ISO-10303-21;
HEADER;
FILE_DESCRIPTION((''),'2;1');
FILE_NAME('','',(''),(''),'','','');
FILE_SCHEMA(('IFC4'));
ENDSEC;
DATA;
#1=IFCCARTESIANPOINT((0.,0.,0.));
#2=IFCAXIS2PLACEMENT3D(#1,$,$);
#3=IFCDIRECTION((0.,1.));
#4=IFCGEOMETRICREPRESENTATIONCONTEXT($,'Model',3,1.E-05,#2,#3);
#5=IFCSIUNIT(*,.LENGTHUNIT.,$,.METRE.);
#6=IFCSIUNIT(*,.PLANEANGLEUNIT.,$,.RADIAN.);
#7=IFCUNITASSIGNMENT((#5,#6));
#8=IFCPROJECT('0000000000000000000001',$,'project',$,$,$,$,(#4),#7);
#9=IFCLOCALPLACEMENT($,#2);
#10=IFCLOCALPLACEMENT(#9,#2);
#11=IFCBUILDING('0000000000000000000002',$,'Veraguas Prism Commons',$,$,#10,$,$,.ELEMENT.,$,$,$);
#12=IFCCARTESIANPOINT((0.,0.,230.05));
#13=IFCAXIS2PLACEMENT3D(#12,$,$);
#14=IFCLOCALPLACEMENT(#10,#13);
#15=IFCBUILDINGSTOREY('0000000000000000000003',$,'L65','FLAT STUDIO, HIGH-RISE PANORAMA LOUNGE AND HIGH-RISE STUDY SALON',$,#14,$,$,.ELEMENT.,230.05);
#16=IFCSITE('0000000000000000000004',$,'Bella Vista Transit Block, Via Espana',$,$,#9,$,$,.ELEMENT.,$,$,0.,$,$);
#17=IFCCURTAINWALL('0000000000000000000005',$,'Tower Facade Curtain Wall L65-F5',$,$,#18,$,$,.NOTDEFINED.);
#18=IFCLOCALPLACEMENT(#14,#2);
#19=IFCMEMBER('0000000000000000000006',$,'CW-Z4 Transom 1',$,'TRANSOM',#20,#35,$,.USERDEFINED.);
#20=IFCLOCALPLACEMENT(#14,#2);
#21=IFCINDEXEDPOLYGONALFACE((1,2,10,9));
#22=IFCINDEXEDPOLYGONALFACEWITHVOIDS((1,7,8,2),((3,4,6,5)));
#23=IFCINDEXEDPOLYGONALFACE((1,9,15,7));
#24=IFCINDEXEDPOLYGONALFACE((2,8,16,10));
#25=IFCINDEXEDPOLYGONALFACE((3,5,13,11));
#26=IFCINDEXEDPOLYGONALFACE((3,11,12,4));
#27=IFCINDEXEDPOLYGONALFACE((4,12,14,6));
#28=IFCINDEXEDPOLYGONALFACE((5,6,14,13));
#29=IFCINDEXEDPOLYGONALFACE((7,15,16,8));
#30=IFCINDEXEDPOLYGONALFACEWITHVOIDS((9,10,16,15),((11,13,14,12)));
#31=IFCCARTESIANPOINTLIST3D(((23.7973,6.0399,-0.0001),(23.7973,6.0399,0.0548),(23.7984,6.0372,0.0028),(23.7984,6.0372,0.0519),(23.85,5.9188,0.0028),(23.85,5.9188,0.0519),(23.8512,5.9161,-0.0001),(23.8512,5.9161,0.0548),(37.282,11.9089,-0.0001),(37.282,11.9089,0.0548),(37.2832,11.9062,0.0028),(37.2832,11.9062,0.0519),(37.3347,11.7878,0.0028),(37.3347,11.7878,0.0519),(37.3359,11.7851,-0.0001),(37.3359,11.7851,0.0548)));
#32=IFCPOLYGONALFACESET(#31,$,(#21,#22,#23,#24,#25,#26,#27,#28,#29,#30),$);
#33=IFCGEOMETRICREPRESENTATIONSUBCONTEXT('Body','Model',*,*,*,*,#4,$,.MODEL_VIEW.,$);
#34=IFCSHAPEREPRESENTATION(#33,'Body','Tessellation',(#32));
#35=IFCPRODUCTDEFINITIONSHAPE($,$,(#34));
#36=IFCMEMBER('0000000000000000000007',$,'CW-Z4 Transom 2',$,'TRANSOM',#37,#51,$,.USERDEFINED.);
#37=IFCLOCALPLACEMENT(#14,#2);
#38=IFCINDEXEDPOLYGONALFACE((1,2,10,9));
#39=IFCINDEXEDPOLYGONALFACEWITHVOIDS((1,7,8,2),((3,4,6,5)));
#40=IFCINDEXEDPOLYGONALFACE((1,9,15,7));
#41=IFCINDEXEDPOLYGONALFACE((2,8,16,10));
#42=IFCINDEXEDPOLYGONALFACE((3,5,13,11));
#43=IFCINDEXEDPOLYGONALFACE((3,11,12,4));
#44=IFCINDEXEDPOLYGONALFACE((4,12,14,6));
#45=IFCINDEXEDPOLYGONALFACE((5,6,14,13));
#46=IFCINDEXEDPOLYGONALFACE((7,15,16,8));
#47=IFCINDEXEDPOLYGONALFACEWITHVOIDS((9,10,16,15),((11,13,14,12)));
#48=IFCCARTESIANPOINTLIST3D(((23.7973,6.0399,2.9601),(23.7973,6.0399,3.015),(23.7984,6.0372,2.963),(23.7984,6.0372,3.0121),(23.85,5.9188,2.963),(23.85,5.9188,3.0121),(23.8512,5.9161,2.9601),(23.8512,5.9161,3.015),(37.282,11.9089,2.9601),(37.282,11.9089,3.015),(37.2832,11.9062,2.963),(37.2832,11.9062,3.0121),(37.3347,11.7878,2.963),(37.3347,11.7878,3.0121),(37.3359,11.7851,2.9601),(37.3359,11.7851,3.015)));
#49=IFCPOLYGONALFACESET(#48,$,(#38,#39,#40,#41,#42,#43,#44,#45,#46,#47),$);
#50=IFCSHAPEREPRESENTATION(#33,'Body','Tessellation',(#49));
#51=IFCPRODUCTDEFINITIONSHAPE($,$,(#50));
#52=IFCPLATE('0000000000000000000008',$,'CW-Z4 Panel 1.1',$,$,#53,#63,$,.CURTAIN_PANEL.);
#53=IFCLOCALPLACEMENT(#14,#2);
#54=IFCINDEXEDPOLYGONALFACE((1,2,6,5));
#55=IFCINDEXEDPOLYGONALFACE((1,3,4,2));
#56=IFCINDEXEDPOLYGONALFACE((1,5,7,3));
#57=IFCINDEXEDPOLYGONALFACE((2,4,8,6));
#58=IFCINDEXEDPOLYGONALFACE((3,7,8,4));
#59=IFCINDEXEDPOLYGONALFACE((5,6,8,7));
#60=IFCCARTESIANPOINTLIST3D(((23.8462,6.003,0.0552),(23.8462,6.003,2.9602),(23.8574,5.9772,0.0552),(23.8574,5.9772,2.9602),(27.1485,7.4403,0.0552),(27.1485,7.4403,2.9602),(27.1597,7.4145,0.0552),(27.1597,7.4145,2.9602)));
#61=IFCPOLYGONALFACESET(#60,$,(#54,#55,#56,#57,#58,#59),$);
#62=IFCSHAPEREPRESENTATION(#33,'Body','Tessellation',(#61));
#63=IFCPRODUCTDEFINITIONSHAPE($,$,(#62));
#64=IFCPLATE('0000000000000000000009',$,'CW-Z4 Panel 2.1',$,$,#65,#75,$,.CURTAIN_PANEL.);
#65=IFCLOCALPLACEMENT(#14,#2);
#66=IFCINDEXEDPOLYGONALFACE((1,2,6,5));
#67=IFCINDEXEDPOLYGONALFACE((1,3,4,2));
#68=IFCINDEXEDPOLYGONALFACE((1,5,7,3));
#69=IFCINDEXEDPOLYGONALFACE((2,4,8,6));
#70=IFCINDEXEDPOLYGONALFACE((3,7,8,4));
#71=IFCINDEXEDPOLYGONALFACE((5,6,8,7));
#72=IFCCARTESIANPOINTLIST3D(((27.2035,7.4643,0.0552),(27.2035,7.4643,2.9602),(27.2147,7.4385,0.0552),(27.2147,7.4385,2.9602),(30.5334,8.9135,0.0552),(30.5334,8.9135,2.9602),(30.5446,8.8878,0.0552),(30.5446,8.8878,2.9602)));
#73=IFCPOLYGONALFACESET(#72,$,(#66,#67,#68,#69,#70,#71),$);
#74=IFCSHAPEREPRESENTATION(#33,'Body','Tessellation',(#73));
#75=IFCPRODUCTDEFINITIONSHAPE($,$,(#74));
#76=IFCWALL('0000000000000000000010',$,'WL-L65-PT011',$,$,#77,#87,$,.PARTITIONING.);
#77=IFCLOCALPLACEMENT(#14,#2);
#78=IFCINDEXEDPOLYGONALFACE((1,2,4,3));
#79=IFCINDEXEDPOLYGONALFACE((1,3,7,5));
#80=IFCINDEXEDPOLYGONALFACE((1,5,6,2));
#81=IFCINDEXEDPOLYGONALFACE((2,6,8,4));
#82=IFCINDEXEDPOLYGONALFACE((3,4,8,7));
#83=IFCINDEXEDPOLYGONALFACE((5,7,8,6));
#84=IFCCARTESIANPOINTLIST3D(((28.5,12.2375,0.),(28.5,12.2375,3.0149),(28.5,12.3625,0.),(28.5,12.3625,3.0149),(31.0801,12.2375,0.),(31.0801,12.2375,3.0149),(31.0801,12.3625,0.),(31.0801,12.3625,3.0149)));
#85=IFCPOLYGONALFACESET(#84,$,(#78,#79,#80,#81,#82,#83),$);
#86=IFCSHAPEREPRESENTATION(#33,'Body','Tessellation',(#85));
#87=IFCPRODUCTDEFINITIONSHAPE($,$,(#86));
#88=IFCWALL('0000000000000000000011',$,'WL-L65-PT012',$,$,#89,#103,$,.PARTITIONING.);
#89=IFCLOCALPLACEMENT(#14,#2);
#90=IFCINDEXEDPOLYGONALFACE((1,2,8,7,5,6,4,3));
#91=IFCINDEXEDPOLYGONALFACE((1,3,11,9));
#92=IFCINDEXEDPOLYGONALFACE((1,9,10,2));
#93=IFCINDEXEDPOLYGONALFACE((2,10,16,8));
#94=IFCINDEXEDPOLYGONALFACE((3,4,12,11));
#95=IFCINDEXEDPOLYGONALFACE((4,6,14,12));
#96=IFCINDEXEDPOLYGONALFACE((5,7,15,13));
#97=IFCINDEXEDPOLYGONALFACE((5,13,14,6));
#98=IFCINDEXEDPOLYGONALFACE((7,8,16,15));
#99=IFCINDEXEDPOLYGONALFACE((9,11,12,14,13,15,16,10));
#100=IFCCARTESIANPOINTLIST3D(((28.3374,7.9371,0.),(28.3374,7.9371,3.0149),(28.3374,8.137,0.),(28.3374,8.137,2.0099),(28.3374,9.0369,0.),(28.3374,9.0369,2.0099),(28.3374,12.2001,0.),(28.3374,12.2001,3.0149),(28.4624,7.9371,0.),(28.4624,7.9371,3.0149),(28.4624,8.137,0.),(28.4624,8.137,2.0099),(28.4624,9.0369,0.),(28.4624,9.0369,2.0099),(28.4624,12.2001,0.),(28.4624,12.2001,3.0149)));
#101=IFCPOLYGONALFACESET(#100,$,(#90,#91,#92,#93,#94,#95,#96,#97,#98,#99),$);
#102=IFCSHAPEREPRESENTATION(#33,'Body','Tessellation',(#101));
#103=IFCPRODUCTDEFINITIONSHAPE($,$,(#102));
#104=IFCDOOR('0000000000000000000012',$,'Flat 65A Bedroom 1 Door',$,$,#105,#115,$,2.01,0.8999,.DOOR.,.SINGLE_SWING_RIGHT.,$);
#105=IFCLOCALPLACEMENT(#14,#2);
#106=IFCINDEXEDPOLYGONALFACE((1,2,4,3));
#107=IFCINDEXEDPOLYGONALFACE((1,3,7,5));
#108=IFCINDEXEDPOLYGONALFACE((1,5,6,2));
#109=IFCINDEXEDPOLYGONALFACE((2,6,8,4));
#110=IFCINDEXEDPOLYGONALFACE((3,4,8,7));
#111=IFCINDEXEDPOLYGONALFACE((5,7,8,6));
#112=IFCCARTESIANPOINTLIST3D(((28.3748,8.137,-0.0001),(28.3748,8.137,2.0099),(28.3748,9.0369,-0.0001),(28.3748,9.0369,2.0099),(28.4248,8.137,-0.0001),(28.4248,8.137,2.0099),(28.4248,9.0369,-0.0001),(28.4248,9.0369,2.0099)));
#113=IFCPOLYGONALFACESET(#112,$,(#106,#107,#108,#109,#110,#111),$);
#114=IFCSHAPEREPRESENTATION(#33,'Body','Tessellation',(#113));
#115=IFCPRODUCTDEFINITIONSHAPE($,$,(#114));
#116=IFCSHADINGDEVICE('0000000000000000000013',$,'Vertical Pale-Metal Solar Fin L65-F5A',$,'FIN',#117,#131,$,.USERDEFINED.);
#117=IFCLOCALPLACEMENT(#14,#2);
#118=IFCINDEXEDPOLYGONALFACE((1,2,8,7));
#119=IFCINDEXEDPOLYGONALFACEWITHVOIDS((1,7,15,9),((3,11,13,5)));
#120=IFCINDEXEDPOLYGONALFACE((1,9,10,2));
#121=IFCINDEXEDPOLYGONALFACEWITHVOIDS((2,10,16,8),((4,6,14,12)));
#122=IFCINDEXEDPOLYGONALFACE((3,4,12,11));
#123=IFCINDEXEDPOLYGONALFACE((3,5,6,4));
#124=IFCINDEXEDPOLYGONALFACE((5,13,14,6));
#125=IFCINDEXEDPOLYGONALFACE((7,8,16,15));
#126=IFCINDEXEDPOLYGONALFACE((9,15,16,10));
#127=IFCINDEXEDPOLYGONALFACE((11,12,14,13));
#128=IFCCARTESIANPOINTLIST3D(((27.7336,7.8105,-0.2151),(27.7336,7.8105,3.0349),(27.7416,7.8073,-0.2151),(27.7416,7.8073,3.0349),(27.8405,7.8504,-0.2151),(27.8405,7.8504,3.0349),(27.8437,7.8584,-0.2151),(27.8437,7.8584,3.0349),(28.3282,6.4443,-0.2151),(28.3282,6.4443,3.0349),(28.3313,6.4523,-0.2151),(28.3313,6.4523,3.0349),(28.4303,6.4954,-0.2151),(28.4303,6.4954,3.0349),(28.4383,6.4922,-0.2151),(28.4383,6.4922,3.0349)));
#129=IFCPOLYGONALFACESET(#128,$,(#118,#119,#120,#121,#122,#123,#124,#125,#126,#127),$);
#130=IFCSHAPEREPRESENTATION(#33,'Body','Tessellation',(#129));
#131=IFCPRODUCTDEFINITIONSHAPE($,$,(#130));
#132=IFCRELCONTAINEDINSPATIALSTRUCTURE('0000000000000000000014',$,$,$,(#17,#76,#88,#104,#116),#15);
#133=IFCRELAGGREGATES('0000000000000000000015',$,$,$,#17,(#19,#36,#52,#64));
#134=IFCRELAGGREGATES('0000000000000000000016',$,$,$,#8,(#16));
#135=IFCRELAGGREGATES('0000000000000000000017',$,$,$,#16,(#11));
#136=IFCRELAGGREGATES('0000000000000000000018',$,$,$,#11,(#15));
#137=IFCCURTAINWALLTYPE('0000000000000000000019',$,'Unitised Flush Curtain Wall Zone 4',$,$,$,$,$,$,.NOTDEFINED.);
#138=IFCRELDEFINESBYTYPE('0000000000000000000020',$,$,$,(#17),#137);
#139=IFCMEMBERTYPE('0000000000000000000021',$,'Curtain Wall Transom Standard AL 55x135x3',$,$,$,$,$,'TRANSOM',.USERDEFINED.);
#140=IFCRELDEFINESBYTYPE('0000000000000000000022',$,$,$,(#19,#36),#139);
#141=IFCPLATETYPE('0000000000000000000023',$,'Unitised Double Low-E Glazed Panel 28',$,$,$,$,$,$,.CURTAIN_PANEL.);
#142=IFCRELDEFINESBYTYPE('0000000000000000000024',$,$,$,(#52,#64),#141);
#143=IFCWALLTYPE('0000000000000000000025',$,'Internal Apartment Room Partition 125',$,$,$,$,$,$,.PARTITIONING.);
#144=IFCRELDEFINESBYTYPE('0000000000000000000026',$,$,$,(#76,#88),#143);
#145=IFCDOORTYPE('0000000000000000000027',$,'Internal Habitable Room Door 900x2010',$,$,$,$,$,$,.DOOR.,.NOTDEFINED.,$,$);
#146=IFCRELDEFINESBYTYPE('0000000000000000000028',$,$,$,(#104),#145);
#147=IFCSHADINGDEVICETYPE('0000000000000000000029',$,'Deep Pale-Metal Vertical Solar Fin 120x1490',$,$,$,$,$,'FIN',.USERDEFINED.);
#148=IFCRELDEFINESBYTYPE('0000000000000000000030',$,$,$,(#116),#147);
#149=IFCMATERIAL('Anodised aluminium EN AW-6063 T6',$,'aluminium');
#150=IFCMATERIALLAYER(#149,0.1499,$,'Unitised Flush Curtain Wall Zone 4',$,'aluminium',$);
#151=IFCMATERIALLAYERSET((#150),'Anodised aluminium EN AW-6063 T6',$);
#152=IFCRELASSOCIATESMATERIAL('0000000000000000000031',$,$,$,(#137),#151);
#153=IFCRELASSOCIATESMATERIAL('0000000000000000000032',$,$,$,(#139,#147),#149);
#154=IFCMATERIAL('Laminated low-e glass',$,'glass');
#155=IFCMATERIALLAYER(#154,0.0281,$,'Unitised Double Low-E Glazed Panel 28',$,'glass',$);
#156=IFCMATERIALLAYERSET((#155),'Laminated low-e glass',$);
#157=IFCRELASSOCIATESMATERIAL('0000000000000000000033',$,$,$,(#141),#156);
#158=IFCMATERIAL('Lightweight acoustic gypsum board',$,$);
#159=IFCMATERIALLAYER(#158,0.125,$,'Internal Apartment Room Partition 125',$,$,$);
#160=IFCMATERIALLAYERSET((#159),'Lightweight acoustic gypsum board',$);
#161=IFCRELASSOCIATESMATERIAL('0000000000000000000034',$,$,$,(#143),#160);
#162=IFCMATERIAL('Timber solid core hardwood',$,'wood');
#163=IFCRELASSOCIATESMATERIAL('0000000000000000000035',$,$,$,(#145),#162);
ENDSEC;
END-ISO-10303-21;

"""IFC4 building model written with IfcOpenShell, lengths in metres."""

from ifc_helpers import new_model, si_unit, direction, frame, frame_2d, origin, origin_2d, place, context, subcontext, project, spatial, rectangle, hollow_rectangle, extrude, source, transform, mapped, material, layer, layer_set, material_profile, profile_set, type_object, element, fill, aggregate, save


model = new_model("IFC4")

# Units and contexts
model_context = context("Model", 3, precision=1e-05, world=origin(), true_north=direction((0.0, 1.0)))
body_context = subcontext(model_context, "Body", "Model", "MODEL_VIEW")
ifc_project = project(units=[si_unit("LENGTHUNIT", "METRE"), si_unit("PLANEANGLEUNIT", "RADIAN")], contexts=[model_context])

# Site, building, storey
site_placement = place(None, origin())
site = spatial("IfcSite", under=ifc_project, at=site_placement, Name="Bella Vista Transit Block, Via Espana", CompositionType="ELEMENT", RefElevation=0.0)
building_placement = place(site_placement, origin())
building = spatial("IfcBuilding", under=site, at=building_placement, Name="Veraguas Prism Commons", CompositionType="ELEMENT")
storey_placement = place(building_placement, frame((0.0, 0.0, 230.05)))
storey = spatial("IfcBuildingStorey", under=building, at=storey_placement, Name="L65", Description="FLAT STUDIO, HIGH-RISE PANORAMA LOUNGE AND HIGH-RISE STUDY SALON", CompositionType="ELEMENT", Elevation=230.05)

# Curtain wall, members, plates
ifc_material_1 = material(Name="Anodised aluminium EN AW-6063 T6", Category="aluminium")
ifc_layer_1 = layer(ifc_material_1, 0.1499, Name="Unitised Flush Curtain Wall Zone 4", Category="aluminium")
ifc_layer_set_1 = layer_set([ifc_layer_1], Name="Anodised aluminium EN AW-6063 T6")
curtain_wall_type = type_object("IfcCurtainWallType", Name="Unitised Flush Curtain Wall Zone 4", PredefinedType="NOTDEFINED", material=ifc_layer_set_1)
curtain_wall_placement = place(storey_placement, origin())
curtain_wall = element("IfcCurtainWall", 1, at=curtain_wall_placement, inside=storey, type_object=curtain_wall_type, Name="Tower Facade Curtain Wall L65-F5", PredefinedType="NOTDEFINED")
ifc_material_profile_1 = material_profile(ifc_material_1, hollow_rectangle(XDim=0.0549, YDim=0.135, WallThickness=0.0029, at=origin_2d()), Name="AL55X135X3")
ifc_profile_set_1 = profile_set([ifc_material_profile_1], Name="Anodised aluminium EN AW-6063 T6")
member_type_1 = type_object("IfcMemberType", Name="Curtain Wall Transom Standard AL 55x135x3", ElementType="TRANSOM", PredefinedType="USERDEFINED", material=ifc_profile_set_1)
shared_shape_1 = source(origin(), body_context, "Body", "SweptSolid", [
    extrude(hollow_rectangle(XDim=0.0549, YDim=0.135, WallThickness=0.0029, at=origin_2d()), origin(), (0.0, 0.0, 1.0), 14.7065),
])
member_1_placement = place(storey_placement, frame((23.8242, 5.978, 0.0273), z_axis=(0.91692, 0.39907, 0.0), x_axis=(0.0, 0.0, 1.0)))
member_1 = element("IfcMember", 2, at=member_1_placement, type_object=member_type_1, Name="CW-Z4 Transom 1", ObjectType="TRANSOM", PredefinedType="USERDEFINED", context=body_context, shape_type="MappedRepresentation", body=[
    mapped(shared_shape_1, transform((0.0, 0.0, 0.0), scale=1.0)),
])
member_2_placement = place(storey_placement, frame((23.8242, 5.978, 2.9875), z_axis=(0.91692, 0.39907, 0.0), x_axis=(0.0, 0.0, 1.0)))
member_2 = element("IfcMember", 3, at=member_2_placement, type_object=member_type_1, Name="CW-Z4 Transom 2", ObjectType="TRANSOM", PredefinedType="USERDEFINED", context=body_context, shape_type="MappedRepresentation", body=[
    mapped(shared_shape_1, transform((0.0, 0.0, 0.0), scale=1.0)),
])
ifc_material_2 = material(Name="Laminated low-e glass", Category="glass")
ifc_layer_2 = layer(ifc_material_2, 0.0281, Name="Unitised Double Low-E Glazed Panel 28", Category="glass")
ifc_layer_set_2 = layer_set([ifc_layer_2], Name="Laminated low-e glass")
plate_type = type_object("IfcPlateType", Name="Unitised Double Low-E Glazed Panel 28", PredefinedType="CURTAIN_PANEL", material=ifc_layer_set_2)
shared_shape_2 = source(origin(), body_context, "Body", "SweptSolid", [
    extrude(rectangle(XDim=3.6016, YDim=0.0281, at=origin_2d()), origin(), (0.0, 0.0, 1.0), 2.905),
])
plate_1_placement = place(storey_placement, frame((25.5029, 6.7087, 0.0552), z_axis=(0.0, 0.0, 1.0), x_axis=(0.916919, 0.399074, 0.0)))
plate_1 = element("IfcPlate", 4, at=plate_1_placement, type_object=plate_type, Name="CW-Z4 Panel 1.1", PredefinedType="CURTAIN_PANEL", context=body_context, shape_type="MappedRepresentation", body=[
    mapped(shared_shape_2, transform((0.0, 0.0, 0.0), scale=1.0)),
])
shared_shape_3 = source(origin(), body_context, "Body", "SweptSolid", [
    extrude(rectangle(XDim=3.6316, YDim=0.0281, at=origin_2d()), origin(), (0.0, 0.0, 1.0), 2.905),
])
plate_2_placement = place(storey_placement, frame((28.874, 8.176, 0.0552), z_axis=(0.0, 0.0, 1.0), x_axis=(0.916919, 0.399074, 0.0)))
plate_2 = element("IfcPlate", 5, at=plate_2_placement, type_object=plate_type, Name="CW-Z4 Panel 2.1", PredefinedType="CURTAIN_PANEL", context=body_context, shape_type="MappedRepresentation", body=[
    mapped(shared_shape_3, transform((0.0, 0.0, 0.0), scale=1.0)),
])
aggregate(curtain_wall, [member_1, member_2, plate_1, plate_2])

# Wall
ifc_material_3 = material(Name="Lightweight acoustic gypsum board")
ifc_layer_3 = layer(ifc_material_3, 0.125, Name="Internal Apartment Room Partition 125")
ifc_layer_set_3 = layer_set([ifc_layer_3], Name="Lightweight acoustic gypsum board")
wall_type = type_object("IfcWallType", Name="Internal Apartment Room Partition 125", PredefinedType="PARTITIONING", material=ifc_layer_set_3)
wall_1_placement = place(storey_placement, frame((28.5, 12.3, 0.0), z_axis=(0.0, 0.0, 1.0), x_axis=(1.0, 0.0, 0.0)))
element("IfcWall", 6, at=wall_1_placement, inside=storey, type_object=wall_type, Name="WL-L65-PT011", PredefinedType="PARTITIONING", context=body_context, shape_type="SweptSolid", body=[
    extrude(rectangle(XDim=2.5801, YDim=0.125, at=frame_2d((1.29, 0.0))), origin(), (0.0, 0.0, 1.0), 3.0149),
])

# Wall, opening, door
wall_2_placement = place(storey_placement, frame((28.3999, 12.2, 0.0), z_axis=(0.0, 0.0, 1.0), x_axis=(0.0, -1.0, 0.0)))
wall_2 = element("IfcWall", 7, at=wall_2_placement, inside=storey, type_object=wall_type, Name="WL-L65-PT012", PredefinedType="PARTITIONING", context=body_context, shape_type="SweptSolid", body=[
    extrude(rectangle(XDim=4.2629, YDim=0.125, at=frame_2d((2.1313, 0.0))), origin(), (0.0, 0.0, 1.0), 3.0149),
])
opening_placement = place(wall_2_placement, frame((3.1631, 0.0, 0.0)))
opening = element("IfcOpeningElement", 8, at=opening_placement, cuts=wall_2, PredefinedType="OPENING", context=body_context, shape_type="SweptSolid", body=[
    extrude(rectangle(XDim=0.8999, YDim=2.01, at=frame_2d((0.45, 1.0049))), frame((0.0, 0.0725, 0.0), z_axis=(0.0, -1.0, 0.0), x_axis=(1.0, 0.0, 0.0)), (0.0, 0.0, 1.0), 0.145),
])
ifc_material_4 = material(Name="Timber solid core hardwood", Category="wood")
door_type = type_object("IfcDoorType", Name="Internal Habitable Room Door 900x2010", OperationType="NOTDEFINED", PredefinedType="DOOR", material=ifc_material_4)
shared_shape_4 = source(origin(), body_context, "Body", "SweptSolid", [
    extrude(rectangle(XDim=0.8999, YDim=2.01, at=frame_2d((0.45, 1.0049))), frame((0.0, 0.0249, 0.0), z_axis=(0.0, -1.0, 0.0), x_axis=(1.0, 0.0, 0.0)), (0.0, 0.0, 1.0), 0.05),
])
door_placement = place(opening_placement, origin())
door = element("IfcDoor", 9, at=door_placement, inside=storey, type_object=door_type, Name="Flat 65A Bedroom 1 Door", OperationType="SINGLE_SWING_RIGHT", OverallHeight=2.01, OverallWidth=0.8999, PredefinedType="DOOR", context=body_context, shape_type="MappedRepresentation", body=[
    mapped(shared_shape_4, transform((0.0, 0.0, 0.0), scale=1.0)),
])
fill(opening, door)

# Shading device
ifc_material_profile_2 = material_profile(ifc_material_1, hollow_rectangle(XDim=0.1201, YDim=1.49, WallThickness=0.0061, at=origin_2d()), Name="FIN120X1490X6")
ifc_profile_set_2 = profile_set([ifc_material_profile_2], Name="Anodised aluminium EN AW-6063 T6")
shading_device_type = type_object("IfcShadingDeviceType", Name="Deep Pale-Metal Vertical Solar Fin 120x1490", ElementType="FIN", PredefinedType="USERDEFINED", material=ifc_profile_set_2)
shading_device_placement = place(storey_placement, frame((28.0859, 7.1514, -0.2151), z_axis=(0.0, 0.0, 1.0), x_axis=(0.91692, 0.399071, 0.0)))
element("IfcShadingDevice", 10, at=shading_device_placement, inside=storey, type_object=shading_device_type, Name="Vertical Pale-Metal Solar Fin L65-F5A", ObjectType="FIN", PredefinedType="USERDEFINED", context=body_context, shape_type="SweptSolid", body=[
    extrude(hollow_rectangle(XDim=0.1201, YDim=1.49, WallThickness=0.0061, at=origin_2d()), origin(), (0.0, 0.0, 1.0), 3.25),
])

save(model, "model.ifc")
